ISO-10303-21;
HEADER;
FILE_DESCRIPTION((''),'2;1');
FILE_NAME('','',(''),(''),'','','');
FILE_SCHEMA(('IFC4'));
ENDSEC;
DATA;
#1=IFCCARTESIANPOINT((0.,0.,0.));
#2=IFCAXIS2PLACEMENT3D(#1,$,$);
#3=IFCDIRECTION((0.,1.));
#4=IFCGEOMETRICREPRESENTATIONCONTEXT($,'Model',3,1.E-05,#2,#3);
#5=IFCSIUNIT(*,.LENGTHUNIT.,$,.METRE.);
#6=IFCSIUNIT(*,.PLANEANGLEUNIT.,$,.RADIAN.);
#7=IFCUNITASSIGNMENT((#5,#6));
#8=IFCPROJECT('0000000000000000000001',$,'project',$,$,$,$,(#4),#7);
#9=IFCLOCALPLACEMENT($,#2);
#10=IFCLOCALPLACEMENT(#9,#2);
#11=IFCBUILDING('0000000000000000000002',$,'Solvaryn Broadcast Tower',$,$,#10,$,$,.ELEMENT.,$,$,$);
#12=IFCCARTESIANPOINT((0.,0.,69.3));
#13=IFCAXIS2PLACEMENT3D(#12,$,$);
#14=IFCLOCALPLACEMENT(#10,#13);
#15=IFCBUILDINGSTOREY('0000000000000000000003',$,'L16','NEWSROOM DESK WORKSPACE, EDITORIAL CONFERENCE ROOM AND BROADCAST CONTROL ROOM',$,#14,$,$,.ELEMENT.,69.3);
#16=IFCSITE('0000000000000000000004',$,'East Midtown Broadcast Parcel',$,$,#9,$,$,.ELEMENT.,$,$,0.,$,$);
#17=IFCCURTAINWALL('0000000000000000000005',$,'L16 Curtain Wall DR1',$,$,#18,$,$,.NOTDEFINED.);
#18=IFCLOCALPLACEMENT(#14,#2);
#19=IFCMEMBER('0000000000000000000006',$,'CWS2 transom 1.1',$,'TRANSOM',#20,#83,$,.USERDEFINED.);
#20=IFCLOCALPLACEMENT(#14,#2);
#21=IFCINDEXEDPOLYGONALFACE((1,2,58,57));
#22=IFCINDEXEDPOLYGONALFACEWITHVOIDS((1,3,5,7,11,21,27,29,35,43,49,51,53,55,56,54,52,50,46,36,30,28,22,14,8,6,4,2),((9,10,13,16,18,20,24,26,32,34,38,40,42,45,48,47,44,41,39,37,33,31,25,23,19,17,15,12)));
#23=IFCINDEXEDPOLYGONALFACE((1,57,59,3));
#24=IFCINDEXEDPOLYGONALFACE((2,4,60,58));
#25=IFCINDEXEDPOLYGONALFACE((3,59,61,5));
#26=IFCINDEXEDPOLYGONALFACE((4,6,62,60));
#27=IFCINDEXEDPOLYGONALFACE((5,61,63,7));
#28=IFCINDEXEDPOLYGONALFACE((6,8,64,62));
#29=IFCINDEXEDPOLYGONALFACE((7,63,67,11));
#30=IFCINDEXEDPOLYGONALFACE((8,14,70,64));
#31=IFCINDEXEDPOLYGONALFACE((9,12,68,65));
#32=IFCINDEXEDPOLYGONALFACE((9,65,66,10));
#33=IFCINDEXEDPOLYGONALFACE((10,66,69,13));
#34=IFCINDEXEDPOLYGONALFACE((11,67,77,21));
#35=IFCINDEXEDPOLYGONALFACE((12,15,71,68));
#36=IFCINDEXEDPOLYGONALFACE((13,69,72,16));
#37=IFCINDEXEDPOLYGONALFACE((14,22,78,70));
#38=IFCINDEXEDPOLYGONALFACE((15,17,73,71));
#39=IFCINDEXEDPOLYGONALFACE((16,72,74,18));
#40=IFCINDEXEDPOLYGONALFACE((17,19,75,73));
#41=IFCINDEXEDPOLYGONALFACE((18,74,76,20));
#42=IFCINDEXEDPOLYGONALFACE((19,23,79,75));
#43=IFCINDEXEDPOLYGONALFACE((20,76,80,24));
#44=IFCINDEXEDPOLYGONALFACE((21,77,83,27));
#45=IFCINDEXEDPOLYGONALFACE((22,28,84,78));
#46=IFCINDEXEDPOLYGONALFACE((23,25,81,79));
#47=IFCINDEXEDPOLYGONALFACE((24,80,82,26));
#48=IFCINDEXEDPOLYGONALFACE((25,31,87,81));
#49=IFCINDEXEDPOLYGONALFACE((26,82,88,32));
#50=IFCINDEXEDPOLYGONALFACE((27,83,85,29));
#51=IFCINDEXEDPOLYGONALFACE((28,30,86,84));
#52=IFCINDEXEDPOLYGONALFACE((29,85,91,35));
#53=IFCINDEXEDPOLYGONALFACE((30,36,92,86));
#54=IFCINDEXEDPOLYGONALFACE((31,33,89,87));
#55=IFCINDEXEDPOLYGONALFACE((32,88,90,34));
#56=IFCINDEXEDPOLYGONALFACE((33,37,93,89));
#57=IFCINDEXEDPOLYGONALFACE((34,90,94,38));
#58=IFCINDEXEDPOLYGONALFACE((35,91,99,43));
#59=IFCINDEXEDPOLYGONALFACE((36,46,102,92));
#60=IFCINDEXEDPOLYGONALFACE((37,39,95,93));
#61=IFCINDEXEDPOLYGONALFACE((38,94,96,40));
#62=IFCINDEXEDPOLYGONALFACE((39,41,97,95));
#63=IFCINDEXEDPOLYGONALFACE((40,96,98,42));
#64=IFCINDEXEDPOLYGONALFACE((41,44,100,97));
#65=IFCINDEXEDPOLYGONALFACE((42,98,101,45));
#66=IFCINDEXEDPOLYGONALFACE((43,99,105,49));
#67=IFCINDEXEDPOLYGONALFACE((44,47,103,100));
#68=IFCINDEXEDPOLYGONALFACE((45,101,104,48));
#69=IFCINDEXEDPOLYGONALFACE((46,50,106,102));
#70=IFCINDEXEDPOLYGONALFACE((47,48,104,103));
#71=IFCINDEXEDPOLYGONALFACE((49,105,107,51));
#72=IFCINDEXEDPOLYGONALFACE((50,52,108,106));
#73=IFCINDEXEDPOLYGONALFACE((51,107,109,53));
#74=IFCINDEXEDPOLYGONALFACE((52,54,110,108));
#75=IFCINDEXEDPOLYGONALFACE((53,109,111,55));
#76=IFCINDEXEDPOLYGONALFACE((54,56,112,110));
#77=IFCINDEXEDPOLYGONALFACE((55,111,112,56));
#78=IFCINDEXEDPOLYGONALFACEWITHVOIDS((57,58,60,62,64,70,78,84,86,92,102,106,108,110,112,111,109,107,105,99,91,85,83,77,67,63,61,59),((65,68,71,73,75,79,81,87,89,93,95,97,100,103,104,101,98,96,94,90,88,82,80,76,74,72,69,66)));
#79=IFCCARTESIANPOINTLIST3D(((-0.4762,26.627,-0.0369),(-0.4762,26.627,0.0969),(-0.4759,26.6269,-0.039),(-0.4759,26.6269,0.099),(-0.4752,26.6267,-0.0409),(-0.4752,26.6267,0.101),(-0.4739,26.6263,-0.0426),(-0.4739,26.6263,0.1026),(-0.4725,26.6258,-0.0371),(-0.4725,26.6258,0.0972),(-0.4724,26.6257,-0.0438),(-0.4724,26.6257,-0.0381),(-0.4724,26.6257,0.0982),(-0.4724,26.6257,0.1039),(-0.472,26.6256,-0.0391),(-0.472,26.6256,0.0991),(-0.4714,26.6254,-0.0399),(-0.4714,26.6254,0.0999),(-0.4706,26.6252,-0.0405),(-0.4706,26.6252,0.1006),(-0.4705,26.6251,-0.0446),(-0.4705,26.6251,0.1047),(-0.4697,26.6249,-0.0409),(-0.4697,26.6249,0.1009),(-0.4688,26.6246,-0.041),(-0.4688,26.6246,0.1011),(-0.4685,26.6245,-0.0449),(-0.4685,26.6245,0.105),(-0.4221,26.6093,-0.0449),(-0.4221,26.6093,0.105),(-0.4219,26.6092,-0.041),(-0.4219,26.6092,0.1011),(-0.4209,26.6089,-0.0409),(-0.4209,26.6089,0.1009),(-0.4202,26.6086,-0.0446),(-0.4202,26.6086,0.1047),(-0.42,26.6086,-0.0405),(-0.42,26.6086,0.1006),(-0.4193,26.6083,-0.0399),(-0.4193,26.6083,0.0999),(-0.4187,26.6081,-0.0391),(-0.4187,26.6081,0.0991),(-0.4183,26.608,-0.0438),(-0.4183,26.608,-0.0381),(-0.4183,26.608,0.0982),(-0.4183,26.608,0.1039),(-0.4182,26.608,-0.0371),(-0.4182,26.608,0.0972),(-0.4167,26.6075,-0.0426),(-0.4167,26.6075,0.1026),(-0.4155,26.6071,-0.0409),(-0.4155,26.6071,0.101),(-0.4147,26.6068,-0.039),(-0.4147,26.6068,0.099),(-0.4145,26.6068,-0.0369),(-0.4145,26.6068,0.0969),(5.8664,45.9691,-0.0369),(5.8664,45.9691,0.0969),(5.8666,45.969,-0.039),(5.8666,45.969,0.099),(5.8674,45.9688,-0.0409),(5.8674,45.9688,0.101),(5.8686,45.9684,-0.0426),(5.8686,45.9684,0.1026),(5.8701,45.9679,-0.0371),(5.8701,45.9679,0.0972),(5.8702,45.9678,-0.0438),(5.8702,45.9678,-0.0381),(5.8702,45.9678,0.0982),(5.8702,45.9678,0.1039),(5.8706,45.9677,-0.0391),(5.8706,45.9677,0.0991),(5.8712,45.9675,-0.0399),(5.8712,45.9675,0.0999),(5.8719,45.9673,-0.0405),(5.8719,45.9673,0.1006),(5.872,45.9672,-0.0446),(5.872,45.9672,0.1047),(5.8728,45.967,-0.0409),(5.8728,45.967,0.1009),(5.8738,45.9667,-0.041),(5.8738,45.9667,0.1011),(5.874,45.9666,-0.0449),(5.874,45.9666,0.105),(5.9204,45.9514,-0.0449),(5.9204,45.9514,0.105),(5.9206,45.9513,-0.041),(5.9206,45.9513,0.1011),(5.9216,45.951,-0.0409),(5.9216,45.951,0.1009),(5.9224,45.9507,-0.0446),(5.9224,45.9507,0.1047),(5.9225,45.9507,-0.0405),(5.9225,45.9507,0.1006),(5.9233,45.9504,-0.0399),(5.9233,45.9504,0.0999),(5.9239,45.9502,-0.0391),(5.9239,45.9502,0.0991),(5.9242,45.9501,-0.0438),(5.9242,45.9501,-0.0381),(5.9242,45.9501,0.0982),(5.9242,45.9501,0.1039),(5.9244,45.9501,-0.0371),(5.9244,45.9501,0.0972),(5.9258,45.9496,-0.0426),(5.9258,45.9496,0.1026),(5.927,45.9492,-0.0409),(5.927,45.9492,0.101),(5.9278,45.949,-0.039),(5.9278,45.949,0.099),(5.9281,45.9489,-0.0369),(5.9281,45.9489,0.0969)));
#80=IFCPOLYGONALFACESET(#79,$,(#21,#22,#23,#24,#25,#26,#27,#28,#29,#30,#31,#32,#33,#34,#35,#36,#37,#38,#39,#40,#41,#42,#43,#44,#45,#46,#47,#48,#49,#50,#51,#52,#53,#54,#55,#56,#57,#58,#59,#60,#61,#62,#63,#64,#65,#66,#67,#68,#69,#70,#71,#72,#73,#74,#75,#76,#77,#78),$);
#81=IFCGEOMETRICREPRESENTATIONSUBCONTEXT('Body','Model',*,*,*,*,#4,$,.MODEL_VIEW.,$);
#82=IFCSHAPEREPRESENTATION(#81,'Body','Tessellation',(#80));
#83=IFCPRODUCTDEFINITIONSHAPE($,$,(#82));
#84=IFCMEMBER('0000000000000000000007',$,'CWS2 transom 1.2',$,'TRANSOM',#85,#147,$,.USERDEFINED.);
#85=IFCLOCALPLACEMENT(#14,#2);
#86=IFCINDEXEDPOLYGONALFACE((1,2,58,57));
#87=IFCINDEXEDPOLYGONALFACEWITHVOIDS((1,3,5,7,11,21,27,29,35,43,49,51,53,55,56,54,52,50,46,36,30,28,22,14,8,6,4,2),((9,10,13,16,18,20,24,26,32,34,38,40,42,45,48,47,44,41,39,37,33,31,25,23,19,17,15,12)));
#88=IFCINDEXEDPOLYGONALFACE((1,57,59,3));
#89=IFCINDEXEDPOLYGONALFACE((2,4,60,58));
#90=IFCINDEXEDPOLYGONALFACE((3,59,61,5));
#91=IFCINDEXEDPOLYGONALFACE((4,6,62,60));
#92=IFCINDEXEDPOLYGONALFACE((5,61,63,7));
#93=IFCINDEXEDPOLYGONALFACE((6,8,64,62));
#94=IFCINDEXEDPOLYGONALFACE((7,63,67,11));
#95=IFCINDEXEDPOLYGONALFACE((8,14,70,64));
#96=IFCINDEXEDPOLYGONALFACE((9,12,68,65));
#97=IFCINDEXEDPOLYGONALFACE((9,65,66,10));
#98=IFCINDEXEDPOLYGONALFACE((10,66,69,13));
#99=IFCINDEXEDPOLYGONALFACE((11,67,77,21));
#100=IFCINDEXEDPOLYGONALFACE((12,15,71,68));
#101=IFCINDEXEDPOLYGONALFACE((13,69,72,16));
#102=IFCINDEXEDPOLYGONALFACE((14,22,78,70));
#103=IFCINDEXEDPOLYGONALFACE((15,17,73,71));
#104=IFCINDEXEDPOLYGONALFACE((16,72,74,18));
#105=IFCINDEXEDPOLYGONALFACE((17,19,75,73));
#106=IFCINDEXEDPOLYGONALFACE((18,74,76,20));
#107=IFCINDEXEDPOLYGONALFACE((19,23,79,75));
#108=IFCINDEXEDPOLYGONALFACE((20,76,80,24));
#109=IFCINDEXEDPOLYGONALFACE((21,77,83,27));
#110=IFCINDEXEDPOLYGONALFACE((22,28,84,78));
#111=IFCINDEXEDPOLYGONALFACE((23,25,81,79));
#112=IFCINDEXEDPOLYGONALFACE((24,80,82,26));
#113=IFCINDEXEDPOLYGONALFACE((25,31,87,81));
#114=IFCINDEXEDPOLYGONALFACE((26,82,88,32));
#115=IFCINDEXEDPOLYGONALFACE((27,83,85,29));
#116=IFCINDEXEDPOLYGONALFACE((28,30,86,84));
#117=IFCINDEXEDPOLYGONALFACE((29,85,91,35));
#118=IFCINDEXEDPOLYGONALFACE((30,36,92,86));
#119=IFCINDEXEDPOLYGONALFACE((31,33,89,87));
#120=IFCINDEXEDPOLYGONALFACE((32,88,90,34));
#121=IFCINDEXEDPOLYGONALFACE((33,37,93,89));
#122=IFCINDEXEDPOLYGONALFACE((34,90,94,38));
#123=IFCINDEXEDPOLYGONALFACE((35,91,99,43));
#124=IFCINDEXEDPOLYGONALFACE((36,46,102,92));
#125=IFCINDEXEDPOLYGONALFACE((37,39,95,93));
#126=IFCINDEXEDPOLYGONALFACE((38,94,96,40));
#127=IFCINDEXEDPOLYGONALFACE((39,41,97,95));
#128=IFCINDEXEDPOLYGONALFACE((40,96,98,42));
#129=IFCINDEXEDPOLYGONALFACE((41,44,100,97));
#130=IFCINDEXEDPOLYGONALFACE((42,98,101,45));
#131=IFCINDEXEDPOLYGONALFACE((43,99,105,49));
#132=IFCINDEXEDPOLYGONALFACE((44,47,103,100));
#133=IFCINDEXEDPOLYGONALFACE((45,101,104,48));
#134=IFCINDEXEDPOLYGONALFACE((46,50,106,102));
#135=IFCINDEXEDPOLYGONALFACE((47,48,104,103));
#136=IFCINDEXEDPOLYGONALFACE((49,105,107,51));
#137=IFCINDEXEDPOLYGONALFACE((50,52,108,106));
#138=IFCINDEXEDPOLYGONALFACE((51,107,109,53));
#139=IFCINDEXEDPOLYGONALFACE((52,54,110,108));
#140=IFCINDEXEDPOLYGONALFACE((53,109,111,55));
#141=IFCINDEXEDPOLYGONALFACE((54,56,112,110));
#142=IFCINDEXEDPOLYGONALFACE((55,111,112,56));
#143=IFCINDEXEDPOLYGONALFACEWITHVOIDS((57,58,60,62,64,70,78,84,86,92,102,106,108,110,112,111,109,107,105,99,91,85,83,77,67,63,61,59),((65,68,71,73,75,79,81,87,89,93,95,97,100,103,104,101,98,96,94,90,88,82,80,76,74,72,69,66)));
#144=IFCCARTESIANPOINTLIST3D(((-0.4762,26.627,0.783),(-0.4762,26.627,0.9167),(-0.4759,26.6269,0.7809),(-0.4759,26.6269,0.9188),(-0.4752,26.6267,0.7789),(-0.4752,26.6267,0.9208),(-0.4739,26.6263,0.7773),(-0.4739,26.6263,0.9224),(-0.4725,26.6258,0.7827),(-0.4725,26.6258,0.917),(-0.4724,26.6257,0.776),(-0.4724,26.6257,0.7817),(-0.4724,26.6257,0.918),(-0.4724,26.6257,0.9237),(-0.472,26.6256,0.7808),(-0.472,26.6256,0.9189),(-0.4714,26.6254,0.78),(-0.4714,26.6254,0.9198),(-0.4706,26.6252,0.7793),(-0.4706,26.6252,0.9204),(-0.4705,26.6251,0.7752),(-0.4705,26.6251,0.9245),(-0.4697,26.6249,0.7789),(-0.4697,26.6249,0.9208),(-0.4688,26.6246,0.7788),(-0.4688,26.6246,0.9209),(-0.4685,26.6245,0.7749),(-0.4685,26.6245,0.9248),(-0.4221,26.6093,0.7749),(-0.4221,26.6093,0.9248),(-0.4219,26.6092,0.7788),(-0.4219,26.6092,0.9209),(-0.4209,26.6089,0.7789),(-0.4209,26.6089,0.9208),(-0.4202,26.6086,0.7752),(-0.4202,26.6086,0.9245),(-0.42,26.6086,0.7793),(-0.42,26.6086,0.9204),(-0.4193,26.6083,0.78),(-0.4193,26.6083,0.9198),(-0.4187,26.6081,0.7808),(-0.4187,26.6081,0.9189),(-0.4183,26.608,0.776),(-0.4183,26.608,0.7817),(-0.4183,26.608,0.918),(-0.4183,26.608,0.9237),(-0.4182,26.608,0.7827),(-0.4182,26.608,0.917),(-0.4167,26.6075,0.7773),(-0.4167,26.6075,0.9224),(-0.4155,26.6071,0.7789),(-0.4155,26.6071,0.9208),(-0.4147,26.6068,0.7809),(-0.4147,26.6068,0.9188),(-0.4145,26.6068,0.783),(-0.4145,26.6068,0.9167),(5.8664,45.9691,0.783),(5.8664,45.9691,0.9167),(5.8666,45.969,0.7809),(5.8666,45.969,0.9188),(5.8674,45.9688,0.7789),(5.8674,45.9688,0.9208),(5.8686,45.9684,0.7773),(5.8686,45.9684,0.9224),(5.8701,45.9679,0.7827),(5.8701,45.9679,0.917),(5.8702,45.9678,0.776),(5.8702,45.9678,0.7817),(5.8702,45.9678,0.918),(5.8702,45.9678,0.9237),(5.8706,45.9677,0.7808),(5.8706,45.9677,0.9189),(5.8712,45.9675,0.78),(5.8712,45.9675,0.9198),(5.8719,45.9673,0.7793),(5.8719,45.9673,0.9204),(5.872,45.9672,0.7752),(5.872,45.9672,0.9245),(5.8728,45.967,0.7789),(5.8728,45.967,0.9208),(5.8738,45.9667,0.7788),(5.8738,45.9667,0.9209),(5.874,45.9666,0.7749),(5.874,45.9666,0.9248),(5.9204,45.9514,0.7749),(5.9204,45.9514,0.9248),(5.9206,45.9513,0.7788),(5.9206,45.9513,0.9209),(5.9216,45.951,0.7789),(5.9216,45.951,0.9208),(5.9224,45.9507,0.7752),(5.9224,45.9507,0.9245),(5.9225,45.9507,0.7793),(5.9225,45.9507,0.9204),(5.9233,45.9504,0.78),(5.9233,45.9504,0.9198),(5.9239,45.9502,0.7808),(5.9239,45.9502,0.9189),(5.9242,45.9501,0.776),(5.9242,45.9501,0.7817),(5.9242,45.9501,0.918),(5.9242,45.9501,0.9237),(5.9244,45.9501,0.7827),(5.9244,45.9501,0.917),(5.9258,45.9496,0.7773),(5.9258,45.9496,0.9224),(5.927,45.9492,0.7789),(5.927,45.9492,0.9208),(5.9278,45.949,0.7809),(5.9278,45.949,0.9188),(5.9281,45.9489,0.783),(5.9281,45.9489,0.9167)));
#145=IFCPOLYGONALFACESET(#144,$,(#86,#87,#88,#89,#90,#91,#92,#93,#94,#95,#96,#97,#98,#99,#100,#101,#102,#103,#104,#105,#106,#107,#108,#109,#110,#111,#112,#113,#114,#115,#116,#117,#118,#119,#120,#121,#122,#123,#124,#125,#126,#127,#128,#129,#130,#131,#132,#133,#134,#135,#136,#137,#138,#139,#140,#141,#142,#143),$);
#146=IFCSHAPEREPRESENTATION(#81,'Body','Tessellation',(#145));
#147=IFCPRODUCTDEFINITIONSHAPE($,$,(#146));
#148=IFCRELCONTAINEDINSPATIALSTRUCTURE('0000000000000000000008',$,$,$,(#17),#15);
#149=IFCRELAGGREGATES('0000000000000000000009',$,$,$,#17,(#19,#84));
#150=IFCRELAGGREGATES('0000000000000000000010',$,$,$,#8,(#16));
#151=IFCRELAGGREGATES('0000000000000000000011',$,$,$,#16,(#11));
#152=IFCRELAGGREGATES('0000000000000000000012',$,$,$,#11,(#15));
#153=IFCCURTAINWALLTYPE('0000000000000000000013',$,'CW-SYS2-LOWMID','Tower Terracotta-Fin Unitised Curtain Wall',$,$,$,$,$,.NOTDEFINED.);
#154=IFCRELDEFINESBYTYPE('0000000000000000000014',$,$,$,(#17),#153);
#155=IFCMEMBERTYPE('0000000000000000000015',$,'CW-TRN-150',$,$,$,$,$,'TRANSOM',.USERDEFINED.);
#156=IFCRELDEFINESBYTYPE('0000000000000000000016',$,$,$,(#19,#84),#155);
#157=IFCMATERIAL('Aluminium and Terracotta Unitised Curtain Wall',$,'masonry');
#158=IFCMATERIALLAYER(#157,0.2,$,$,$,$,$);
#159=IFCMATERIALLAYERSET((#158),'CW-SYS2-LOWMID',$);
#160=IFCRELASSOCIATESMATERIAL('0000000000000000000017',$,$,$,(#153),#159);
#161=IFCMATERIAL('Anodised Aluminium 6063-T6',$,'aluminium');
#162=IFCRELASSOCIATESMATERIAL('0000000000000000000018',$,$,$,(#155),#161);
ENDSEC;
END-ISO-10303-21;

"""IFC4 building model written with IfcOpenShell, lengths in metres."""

from ifc_helpers import new_model, si_unit, direction, frame, origin, origin_2d, place, context, subcontext, project, spatial, hollow_rectangle, extrude, material, layer, layer_set, material_profile, profile_set, type_object, element, aggregate, save


model = new_model("IFC4")

# Units and contexts
model_context = context("Model", 3, precision=1e-05, world=origin(), true_north=direction((0.0, 1.0)))
body_context = subcontext(model_context, "Body", "Model", "MODEL_VIEW")
ifc_project = project(units=[si_unit("LENGTHUNIT", "METRE"), si_unit("PLANEANGLEUNIT", "RADIAN")], contexts=[model_context])

# Site, building, storey
site_placement = place(None, origin())
site = spatial("IfcSite", under=ifc_project, at=site_placement, Name="East Midtown Broadcast Parcel", CompositionType="ELEMENT", RefElevation=0.0)
building_placement = place(site_placement, origin())
building = spatial("IfcBuilding", under=site, at=building_placement, Name="Solvaryn Broadcast Tower", CompositionType="ELEMENT")
storey_placement = place(building_placement, frame((0.0, 0.0, 69.3)))
storey = spatial("IfcBuildingStorey", under=building, at=storey_placement, Name="L16", Description="NEWSROOM DESK WORKSPACE, EDITORIAL CONFERENCE ROOM AND BROADCAST CONTROL ROOM", CompositionType="ELEMENT", Elevation=69.3)

# Curtain wall
ifc_material_1 = material(Name="Aluminium and Terracotta Unitised Curtain Wall", Category="masonry")
ifc_layer_1 = layer(ifc_material_1, 0.2)
ifc_layer_set_1 = layer_set([ifc_layer_1], Name="CW-SYS2-LOWMID")
curtain_wall_type = type_object("IfcCurtainWallType", Name="CW-SYS2-LOWMID", Description="Tower Terracotta-Fin Unitised Curtain Wall", PredefinedType="NOTDEFINED", material=ifc_layer_set_1)
curtain_wall_1_placement = place(storey_placement, origin())
curtain_wall_1 = element("IfcCurtainWall", 1, at=curtain_wall_1_placement, inside=storey, type_object=curtain_wall_type, Name="L16 Curtain Wall DR1", PredefinedType="NOTDEFINED")

# Members
ifc_material_2 = material(Name="Anodised Aluminium 6063-T6", Category="aluminium")
ifc_material_profile_1 = material_profile(ifc_material_2, hollow_rectangle(XDim=0.0649, YDim=0.1499, WallThickness=0.0039, InnerFilletRadius=0.0039, OuterFilletRadius=0.0081, at=origin_2d()))
ifc_profile_set_1 = profile_set([ifc_material_profile_1], Name="Anodised Aluminium 6063-T6")
member_type_1 = type_object("IfcMemberType", Name="CW-TRN-150", ElementType="TRANSOM", PredefinedType="USERDEFINED", material=ifc_profile_set_1)
member_1_placement = place(storey_placement, frame((5.8972, 45.959, 0.03), z_axis=(-0.31159, -0.950217, 0.0), x_axis=(0.950217, -0.31159, 0.0)))
member_1 = element("IfcMember", 2, at=member_1_placement, type_object=member_type_1, Name="CWS2 transom 1.1", ObjectType="TRANSOM", PredefinedType="USERDEFINED", context=body_context, shape_type="SweptSolid", body=[
    extrude(hollow_rectangle(XDim=0.0649, YDim=0.1499, WallThickness=0.0039, InnerFilletRadius=0.0039, OuterFilletRadius=0.0081, at=origin_2d()), origin(), (0.0, 0.0, 1.0), 20.3555),
])
member_2_placement = place(storey_placement, frame((5.8972, 45.959, 0.8499), z_axis=(-0.31159, -0.950217, 0.0), x_axis=(0.950217, -0.31159, 0.0)))
member_2 = element("IfcMember", 3, at=member_2_placement, type_object=member_type_1, Name="CWS2 transom 1.2", ObjectType="TRANSOM", PredefinedType="USERDEFINED", context=body_context, shape_type="SweptSolid", body=[
    extrude(hollow_rectangle(XDim=0.0649, YDim=0.1499, WallThickness=0.0039, InnerFilletRadius=0.0039, OuterFilletRadius=0.0081, at=origin_2d()), origin(), (0.0, 0.0, 1.0), 20.3555),
])
aggregate(curtain_wall_1, [member_1, member_2])

save(model, "model.ifc")
